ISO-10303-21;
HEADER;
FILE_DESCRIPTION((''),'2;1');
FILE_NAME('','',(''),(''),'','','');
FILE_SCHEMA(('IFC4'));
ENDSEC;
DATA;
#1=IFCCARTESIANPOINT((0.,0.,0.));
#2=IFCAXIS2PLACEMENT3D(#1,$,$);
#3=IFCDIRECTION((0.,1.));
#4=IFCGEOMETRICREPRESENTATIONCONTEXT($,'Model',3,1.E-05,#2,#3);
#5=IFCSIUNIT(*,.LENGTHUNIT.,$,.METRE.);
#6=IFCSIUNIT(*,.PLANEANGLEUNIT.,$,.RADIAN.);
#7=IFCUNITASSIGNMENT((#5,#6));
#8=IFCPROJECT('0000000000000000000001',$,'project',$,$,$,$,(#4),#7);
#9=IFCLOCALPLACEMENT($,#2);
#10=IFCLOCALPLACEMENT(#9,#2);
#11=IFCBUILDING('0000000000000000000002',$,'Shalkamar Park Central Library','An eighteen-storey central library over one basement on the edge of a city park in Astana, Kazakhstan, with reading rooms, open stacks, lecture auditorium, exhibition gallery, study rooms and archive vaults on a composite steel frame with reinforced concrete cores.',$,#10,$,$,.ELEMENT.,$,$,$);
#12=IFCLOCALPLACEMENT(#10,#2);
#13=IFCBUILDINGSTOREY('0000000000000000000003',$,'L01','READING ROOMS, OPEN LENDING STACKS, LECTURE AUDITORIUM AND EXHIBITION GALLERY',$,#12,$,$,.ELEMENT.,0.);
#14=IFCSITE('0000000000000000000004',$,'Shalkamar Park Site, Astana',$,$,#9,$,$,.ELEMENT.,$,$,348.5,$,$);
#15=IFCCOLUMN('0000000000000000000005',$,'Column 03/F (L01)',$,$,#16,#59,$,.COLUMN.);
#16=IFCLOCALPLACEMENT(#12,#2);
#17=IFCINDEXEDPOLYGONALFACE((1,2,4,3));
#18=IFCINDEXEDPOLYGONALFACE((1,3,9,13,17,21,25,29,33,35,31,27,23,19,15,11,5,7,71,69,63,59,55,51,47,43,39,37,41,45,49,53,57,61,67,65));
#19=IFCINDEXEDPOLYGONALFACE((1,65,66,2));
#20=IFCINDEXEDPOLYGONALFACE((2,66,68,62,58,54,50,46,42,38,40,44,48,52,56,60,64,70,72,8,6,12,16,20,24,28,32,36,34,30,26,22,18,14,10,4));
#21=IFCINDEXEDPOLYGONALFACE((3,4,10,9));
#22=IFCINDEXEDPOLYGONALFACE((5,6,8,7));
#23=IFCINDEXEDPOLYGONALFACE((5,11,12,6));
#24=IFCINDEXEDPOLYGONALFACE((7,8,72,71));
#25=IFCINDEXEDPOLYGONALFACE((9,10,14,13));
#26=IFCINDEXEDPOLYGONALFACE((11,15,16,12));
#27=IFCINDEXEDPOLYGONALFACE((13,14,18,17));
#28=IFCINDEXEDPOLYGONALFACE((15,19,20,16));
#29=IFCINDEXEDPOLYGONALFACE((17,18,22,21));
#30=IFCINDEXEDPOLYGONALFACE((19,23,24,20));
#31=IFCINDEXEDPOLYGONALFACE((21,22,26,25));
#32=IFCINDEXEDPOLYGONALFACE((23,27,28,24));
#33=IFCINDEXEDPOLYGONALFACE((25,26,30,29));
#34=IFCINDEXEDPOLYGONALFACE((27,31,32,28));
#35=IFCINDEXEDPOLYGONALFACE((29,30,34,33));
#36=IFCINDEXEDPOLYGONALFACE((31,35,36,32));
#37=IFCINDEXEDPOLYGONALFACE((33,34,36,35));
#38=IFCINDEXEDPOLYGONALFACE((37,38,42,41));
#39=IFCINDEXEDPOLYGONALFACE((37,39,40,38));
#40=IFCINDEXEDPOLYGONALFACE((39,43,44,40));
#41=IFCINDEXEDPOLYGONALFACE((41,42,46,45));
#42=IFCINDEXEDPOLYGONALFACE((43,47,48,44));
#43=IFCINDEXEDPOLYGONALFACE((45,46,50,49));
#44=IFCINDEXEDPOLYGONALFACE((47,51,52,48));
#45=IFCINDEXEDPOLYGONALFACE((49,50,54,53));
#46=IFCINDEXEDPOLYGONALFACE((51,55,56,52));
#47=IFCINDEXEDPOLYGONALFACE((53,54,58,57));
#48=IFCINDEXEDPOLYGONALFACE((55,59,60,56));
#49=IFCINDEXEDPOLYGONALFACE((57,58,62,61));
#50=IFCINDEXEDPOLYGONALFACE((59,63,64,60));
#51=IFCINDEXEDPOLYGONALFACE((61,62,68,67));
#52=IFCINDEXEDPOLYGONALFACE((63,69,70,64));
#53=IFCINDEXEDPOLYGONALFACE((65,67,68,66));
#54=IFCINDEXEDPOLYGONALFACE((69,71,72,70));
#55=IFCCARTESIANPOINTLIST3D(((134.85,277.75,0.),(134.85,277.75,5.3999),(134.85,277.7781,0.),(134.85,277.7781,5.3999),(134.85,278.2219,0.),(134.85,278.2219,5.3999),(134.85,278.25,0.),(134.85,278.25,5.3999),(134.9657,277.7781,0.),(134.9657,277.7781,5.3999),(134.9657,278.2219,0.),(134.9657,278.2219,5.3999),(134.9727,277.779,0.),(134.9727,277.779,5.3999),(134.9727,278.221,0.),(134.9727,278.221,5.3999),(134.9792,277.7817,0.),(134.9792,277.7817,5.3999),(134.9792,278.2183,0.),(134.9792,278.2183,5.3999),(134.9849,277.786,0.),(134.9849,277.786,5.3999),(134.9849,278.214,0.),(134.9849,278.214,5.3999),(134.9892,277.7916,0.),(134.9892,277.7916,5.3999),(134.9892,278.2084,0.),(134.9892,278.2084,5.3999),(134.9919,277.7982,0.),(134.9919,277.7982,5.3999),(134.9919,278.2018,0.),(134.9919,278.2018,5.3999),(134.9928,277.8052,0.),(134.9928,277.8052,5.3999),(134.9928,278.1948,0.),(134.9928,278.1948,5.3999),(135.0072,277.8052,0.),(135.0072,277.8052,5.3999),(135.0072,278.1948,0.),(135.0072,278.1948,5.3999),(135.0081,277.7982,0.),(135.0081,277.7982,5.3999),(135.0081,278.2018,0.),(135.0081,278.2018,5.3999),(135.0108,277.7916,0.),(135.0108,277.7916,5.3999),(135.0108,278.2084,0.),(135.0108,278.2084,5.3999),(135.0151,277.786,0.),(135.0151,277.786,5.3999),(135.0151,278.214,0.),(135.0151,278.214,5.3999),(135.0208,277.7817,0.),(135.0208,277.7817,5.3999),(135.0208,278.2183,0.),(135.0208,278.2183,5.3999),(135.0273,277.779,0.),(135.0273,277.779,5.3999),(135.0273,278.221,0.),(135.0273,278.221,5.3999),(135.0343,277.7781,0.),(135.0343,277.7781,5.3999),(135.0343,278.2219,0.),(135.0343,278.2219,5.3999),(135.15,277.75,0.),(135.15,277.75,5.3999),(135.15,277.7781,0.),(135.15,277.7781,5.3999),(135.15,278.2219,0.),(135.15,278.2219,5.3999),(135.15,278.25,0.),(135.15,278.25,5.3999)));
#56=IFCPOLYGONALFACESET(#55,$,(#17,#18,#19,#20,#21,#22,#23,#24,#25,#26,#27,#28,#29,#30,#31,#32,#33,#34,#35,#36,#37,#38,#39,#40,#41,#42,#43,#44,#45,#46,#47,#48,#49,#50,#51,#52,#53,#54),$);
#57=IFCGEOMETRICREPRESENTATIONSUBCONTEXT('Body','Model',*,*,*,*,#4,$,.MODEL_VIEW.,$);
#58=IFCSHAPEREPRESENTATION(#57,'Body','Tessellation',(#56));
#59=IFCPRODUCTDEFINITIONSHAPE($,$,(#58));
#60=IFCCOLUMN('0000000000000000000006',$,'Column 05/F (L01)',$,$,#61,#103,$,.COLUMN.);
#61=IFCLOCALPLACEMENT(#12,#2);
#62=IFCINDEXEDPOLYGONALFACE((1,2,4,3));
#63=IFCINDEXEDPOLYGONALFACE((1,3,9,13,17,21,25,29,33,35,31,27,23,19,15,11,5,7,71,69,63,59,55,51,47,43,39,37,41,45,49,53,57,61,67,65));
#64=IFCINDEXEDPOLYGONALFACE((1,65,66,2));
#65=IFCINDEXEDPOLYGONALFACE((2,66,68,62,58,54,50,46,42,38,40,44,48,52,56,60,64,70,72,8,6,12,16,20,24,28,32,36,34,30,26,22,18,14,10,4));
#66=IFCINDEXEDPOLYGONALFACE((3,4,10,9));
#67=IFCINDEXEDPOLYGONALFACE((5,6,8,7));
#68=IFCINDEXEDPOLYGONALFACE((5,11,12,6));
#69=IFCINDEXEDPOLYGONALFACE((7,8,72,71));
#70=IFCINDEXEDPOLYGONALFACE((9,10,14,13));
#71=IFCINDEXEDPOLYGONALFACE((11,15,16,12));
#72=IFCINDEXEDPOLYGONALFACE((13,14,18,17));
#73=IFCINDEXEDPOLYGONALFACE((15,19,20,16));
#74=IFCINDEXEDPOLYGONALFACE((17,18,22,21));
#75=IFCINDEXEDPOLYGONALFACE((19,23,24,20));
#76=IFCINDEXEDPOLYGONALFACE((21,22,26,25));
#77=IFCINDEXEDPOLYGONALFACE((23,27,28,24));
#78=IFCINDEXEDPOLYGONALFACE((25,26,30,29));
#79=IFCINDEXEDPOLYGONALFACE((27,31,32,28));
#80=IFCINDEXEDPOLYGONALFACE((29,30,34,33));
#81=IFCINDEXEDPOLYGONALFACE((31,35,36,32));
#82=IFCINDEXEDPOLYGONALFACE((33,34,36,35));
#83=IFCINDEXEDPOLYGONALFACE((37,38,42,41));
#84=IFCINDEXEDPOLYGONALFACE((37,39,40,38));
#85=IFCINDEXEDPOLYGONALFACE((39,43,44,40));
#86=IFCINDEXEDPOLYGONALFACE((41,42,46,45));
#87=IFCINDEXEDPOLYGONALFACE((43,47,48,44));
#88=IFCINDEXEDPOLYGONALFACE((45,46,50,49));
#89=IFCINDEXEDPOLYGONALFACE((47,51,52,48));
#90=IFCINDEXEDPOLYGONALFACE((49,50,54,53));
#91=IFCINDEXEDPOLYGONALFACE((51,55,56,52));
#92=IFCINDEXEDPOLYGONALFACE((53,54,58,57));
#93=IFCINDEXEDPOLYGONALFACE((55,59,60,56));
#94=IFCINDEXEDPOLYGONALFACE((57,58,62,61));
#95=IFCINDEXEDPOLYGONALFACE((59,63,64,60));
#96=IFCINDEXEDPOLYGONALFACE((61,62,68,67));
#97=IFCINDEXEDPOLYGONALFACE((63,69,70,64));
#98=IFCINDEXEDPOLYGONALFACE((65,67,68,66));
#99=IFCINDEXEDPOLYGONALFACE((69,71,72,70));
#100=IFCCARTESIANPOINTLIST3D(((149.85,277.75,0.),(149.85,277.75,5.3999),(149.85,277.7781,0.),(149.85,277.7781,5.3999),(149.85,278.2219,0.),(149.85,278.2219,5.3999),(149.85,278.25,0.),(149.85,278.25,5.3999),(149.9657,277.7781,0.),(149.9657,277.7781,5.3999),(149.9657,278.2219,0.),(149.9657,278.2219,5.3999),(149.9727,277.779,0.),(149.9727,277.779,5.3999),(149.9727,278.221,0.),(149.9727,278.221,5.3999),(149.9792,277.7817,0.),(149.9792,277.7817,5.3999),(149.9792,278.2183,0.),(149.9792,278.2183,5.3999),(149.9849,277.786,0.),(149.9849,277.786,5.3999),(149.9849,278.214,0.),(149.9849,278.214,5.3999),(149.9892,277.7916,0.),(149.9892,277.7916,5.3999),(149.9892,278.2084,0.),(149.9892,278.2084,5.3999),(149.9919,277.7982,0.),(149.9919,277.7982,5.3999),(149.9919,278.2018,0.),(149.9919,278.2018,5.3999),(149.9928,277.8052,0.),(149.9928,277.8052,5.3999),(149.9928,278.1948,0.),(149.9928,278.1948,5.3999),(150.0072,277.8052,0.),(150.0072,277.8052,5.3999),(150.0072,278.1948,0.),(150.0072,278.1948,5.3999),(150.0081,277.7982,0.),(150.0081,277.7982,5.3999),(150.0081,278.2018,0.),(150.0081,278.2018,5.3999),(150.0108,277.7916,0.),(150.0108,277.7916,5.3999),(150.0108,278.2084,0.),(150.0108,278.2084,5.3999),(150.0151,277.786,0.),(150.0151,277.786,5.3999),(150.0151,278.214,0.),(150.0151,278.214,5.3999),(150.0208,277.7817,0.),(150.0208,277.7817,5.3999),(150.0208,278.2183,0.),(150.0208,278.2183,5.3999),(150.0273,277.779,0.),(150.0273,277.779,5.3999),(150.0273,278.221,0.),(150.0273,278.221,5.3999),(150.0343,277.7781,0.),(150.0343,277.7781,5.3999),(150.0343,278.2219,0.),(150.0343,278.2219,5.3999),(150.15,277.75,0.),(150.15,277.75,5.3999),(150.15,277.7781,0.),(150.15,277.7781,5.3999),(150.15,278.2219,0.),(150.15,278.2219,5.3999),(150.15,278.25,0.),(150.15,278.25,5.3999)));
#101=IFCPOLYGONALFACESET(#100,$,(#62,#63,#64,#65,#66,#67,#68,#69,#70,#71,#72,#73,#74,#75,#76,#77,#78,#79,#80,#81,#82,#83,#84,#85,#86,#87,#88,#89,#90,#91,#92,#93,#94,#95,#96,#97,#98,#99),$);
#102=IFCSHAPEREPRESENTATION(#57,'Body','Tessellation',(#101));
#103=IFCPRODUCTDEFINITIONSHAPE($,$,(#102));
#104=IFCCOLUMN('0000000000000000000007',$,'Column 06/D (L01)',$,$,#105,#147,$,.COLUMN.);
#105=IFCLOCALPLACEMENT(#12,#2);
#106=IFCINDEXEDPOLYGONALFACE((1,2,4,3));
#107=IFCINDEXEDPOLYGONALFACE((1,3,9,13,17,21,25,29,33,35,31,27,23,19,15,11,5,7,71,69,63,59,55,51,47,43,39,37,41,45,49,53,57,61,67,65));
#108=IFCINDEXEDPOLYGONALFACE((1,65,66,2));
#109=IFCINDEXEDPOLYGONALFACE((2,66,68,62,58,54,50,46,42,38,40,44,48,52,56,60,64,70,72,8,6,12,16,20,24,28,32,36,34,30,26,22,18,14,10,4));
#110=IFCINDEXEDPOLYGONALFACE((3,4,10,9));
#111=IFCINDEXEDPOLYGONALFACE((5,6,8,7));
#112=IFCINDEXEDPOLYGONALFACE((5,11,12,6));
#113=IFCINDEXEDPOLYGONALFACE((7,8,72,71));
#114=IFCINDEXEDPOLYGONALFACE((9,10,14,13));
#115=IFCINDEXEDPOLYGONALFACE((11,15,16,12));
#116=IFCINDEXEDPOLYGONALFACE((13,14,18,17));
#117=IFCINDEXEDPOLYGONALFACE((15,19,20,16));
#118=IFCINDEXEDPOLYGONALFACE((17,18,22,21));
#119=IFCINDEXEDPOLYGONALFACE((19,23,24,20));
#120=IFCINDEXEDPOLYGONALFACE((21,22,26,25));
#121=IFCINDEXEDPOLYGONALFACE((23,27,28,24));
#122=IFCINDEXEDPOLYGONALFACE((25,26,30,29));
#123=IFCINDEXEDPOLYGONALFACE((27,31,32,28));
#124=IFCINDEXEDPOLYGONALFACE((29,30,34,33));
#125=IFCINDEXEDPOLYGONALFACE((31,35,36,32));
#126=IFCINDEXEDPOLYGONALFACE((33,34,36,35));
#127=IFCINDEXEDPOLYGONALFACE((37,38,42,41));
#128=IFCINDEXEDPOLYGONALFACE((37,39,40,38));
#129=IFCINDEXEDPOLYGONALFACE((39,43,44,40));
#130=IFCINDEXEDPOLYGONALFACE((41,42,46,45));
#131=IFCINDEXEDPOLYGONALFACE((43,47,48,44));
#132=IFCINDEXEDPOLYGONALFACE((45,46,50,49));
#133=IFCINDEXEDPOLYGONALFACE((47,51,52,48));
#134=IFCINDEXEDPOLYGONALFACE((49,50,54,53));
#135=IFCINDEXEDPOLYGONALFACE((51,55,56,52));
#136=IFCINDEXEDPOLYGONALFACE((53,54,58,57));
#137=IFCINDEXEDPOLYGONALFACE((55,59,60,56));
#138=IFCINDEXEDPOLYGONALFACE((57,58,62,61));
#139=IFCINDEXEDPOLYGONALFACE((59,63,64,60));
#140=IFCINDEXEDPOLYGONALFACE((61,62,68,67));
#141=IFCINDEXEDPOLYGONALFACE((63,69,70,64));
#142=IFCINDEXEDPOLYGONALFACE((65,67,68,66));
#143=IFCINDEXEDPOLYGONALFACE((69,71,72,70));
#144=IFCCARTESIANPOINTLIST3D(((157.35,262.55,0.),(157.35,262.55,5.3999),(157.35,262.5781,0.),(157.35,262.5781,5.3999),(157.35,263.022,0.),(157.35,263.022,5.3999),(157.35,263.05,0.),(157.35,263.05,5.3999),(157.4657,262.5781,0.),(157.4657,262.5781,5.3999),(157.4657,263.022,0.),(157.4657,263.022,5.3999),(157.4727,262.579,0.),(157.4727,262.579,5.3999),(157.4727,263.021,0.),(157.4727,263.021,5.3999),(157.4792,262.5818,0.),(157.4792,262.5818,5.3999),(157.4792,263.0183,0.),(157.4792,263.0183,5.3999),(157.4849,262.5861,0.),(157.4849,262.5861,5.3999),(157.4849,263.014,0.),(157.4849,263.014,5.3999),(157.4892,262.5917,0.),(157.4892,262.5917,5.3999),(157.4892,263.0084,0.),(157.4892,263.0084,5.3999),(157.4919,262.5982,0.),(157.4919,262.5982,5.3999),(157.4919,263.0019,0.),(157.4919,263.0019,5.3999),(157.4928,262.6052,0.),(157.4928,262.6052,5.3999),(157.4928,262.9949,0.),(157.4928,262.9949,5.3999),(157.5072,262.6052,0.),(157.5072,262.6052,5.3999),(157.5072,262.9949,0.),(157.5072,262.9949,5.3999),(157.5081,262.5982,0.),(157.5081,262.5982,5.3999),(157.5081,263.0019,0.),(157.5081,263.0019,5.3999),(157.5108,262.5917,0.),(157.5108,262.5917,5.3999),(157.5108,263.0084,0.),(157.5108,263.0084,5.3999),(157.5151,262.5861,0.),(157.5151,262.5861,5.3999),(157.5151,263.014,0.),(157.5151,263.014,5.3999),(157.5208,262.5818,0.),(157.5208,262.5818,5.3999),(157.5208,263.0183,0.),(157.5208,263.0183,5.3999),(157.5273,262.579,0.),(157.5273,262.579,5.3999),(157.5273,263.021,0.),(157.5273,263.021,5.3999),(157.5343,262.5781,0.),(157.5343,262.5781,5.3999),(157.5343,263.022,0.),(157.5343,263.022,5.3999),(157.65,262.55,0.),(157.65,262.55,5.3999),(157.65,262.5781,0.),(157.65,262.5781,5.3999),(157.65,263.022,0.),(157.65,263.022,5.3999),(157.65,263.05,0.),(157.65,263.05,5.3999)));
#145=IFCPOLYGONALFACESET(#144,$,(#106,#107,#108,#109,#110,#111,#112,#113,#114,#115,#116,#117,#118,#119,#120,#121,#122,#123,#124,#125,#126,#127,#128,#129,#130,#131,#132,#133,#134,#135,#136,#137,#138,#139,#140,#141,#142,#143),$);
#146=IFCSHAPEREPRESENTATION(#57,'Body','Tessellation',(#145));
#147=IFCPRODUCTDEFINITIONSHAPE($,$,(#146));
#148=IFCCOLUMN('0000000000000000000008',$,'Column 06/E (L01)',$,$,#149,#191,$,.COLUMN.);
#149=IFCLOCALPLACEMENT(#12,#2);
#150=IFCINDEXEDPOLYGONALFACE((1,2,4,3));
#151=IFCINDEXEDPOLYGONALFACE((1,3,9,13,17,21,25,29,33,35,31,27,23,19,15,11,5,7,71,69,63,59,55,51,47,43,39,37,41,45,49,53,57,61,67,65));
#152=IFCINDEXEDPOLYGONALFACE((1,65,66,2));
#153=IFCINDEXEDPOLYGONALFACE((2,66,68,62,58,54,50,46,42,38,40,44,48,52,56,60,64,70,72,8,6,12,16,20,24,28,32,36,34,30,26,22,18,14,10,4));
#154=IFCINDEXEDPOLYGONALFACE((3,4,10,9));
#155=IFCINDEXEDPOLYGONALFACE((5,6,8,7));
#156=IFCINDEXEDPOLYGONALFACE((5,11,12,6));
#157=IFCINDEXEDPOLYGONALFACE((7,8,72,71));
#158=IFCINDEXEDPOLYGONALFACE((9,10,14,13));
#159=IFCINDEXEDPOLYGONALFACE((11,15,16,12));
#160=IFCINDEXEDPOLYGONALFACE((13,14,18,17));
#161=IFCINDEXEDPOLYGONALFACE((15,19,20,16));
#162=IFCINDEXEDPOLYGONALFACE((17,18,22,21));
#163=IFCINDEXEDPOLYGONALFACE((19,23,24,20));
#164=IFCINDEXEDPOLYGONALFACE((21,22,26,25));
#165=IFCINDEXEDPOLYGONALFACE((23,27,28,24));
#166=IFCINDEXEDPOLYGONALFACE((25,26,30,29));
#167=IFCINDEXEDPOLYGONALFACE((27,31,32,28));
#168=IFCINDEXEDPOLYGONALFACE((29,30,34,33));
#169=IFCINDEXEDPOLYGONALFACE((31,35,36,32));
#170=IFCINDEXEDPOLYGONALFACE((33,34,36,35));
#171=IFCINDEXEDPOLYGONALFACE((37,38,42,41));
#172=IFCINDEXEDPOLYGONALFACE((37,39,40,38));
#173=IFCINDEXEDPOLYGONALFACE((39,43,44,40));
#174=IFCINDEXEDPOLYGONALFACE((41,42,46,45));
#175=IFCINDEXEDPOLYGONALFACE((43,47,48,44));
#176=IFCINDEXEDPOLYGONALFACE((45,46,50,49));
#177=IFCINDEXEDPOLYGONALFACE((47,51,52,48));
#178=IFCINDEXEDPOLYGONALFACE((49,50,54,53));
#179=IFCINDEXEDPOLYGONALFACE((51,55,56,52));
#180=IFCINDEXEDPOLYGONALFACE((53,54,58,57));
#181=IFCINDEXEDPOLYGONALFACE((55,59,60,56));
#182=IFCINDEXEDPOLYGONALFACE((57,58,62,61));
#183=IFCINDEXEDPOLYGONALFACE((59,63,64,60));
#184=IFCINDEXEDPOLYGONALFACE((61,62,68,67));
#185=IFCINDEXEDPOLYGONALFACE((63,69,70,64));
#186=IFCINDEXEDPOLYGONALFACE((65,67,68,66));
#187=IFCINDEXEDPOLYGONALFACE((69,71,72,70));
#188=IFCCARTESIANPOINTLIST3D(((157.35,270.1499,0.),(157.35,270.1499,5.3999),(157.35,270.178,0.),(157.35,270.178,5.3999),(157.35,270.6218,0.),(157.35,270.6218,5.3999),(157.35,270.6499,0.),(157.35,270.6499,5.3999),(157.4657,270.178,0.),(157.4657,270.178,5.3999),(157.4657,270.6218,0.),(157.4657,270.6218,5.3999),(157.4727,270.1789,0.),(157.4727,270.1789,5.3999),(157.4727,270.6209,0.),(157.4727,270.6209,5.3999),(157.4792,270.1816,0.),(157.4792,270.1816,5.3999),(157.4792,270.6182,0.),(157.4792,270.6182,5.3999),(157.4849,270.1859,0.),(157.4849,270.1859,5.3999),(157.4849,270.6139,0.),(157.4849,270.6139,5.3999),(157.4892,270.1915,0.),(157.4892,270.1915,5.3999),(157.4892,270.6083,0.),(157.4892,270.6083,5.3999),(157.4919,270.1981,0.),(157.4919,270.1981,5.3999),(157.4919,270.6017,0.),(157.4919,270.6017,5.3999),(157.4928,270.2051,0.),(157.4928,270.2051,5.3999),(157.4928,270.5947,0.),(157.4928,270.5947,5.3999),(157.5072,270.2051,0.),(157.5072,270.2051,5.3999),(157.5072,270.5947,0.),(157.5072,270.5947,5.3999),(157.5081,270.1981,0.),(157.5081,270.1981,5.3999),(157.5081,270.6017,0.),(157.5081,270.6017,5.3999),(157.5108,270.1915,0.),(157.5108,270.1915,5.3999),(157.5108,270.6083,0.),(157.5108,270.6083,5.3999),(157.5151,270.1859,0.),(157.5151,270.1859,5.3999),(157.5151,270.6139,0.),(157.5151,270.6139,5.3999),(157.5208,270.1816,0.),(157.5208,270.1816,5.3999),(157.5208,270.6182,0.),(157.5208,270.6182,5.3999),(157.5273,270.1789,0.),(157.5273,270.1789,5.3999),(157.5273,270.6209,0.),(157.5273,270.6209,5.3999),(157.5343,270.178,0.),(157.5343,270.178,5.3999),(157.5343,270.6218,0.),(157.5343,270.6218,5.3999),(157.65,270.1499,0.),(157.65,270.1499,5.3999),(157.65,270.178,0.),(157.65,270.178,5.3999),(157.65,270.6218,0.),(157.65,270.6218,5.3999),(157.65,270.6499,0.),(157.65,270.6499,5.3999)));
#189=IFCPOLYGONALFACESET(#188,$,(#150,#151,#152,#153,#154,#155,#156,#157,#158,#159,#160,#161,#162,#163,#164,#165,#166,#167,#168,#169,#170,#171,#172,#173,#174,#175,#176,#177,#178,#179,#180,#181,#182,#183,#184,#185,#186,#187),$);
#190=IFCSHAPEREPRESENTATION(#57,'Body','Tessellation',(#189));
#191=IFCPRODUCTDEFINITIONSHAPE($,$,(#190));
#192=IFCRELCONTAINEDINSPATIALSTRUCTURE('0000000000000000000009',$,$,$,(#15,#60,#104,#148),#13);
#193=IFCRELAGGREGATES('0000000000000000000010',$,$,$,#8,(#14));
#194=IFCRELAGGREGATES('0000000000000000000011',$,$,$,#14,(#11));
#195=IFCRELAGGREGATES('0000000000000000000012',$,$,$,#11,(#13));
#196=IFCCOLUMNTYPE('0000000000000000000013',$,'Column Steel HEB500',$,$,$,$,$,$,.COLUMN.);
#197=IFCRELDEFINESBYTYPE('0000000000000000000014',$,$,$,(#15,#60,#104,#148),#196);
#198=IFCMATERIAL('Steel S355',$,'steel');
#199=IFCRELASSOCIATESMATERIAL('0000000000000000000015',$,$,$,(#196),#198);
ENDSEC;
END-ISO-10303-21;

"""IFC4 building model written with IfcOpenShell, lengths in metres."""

from ifc_helpers import new_model, si_unit, direction, frame, origin, origin_2d, place, context, subcontext, project, spatial, i_section, extrude, material, material_profile, profile_set, type_object, element, save


model = new_model("IFC4")

# Units and contexts
model_context = context("Model", 3, precision=1e-05, world=origin(), true_north=direction((0.0, 1.0)))
body_context = subcontext(model_context, "Body", "Model", "MODEL_VIEW")
ifc_project = project(units=[si_unit("LENGTHUNIT", "METRE"), si_unit("PLANEANGLEUNIT", "RADIAN")], contexts=[model_context])

# Site, building, storey
site_placement = place(None, origin())
site = spatial("IfcSite", under=ifc_project, at=site_placement, Name="Shalkamar Park Site, Astana", CompositionType="ELEMENT", RefElevation=348.5)
building_placement = place(site_placement, origin())
building = spatial("IfcBuilding", under=site, at=building_placement, Name="Shalkamar Park Central Library", Description="An eighteen-storey central library over one basement on the edge of a city park in Astana, Kazakhstan, with reading rooms, open stacks, lecture auditorium, exhibition gallery, study rooms and archive vaults on a composite steel frame with reinforced concrete cores.", CompositionType="ELEMENT")
storey_placement = place(building_placement, origin())
storey = spatial("IfcBuildingStorey", under=building, at=storey_placement, Name="L01", Description="READING ROOMS, OPEN LENDING STACKS, LECTURE AUDITORIUM AND EXHIBITION GALLERY", CompositionType="ELEMENT", Elevation=0.0)

# Columns
ifc_material_1 = material(Name="Steel S355", Category="steel")
ifc_material_profile_1 = material_profile(ifc_material_1, i_section(OverallWidth=0.3, OverallDepth=0.5, WebThickness=0.0144, FlangeThickness=0.0281, FilletRadius=0.0271, at=origin_2d()), Name="HEB 500")
ifc_profile_set_1 = profile_set([ifc_material_profile_1], Name="Steel S355")
column_type_1 = type_object("IfcColumnType", Name="Column Steel HEB500", PredefinedType="COLUMN", material=ifc_profile_set_1)
for number, where, z_axis, x_axis, name in (
    (1, (135.0, 278.0, 0.0), (0.0, 0.0, 1.0), (1.0, 0.0, 0.0), "Column 03/F (L01)"),
    (2, (150.0, 278.0, 0.0), (0.0, 0.0, 1.0), (1.0, 0.0, 0.0), "Column 05/F (L01)"),
    (3, (157.5, 262.8, 0.0), (0.0, 0.0, 1.0), (1.0, 0.0, 0.0), "Column 06/D (L01)"),
    (4, (157.5, 270.3999, 0.0), (0.0, 0.0, 1.0), (1.0, 0.0, 0.0), "Column 06/E (L01)"),
):
    element("IfcColumn", number, at=place(storey_placement, frame(where, z_axis=z_axis, x_axis=x_axis)), inside=storey, type_object=column_type_1, Name=name, PredefinedType="COLUMN", context=body_context, shape_type="SweptSolid", body=[
        extrude(i_section(OverallWidth=0.3, OverallDepth=0.5, WebThickness=0.0144, FlangeThickness=0.0281, FilletRadius=0.0271, at=origin_2d()), origin(), (0.0, 0.0, 1.0), 5.3999),
    ])

save(model, "model.ifc")
